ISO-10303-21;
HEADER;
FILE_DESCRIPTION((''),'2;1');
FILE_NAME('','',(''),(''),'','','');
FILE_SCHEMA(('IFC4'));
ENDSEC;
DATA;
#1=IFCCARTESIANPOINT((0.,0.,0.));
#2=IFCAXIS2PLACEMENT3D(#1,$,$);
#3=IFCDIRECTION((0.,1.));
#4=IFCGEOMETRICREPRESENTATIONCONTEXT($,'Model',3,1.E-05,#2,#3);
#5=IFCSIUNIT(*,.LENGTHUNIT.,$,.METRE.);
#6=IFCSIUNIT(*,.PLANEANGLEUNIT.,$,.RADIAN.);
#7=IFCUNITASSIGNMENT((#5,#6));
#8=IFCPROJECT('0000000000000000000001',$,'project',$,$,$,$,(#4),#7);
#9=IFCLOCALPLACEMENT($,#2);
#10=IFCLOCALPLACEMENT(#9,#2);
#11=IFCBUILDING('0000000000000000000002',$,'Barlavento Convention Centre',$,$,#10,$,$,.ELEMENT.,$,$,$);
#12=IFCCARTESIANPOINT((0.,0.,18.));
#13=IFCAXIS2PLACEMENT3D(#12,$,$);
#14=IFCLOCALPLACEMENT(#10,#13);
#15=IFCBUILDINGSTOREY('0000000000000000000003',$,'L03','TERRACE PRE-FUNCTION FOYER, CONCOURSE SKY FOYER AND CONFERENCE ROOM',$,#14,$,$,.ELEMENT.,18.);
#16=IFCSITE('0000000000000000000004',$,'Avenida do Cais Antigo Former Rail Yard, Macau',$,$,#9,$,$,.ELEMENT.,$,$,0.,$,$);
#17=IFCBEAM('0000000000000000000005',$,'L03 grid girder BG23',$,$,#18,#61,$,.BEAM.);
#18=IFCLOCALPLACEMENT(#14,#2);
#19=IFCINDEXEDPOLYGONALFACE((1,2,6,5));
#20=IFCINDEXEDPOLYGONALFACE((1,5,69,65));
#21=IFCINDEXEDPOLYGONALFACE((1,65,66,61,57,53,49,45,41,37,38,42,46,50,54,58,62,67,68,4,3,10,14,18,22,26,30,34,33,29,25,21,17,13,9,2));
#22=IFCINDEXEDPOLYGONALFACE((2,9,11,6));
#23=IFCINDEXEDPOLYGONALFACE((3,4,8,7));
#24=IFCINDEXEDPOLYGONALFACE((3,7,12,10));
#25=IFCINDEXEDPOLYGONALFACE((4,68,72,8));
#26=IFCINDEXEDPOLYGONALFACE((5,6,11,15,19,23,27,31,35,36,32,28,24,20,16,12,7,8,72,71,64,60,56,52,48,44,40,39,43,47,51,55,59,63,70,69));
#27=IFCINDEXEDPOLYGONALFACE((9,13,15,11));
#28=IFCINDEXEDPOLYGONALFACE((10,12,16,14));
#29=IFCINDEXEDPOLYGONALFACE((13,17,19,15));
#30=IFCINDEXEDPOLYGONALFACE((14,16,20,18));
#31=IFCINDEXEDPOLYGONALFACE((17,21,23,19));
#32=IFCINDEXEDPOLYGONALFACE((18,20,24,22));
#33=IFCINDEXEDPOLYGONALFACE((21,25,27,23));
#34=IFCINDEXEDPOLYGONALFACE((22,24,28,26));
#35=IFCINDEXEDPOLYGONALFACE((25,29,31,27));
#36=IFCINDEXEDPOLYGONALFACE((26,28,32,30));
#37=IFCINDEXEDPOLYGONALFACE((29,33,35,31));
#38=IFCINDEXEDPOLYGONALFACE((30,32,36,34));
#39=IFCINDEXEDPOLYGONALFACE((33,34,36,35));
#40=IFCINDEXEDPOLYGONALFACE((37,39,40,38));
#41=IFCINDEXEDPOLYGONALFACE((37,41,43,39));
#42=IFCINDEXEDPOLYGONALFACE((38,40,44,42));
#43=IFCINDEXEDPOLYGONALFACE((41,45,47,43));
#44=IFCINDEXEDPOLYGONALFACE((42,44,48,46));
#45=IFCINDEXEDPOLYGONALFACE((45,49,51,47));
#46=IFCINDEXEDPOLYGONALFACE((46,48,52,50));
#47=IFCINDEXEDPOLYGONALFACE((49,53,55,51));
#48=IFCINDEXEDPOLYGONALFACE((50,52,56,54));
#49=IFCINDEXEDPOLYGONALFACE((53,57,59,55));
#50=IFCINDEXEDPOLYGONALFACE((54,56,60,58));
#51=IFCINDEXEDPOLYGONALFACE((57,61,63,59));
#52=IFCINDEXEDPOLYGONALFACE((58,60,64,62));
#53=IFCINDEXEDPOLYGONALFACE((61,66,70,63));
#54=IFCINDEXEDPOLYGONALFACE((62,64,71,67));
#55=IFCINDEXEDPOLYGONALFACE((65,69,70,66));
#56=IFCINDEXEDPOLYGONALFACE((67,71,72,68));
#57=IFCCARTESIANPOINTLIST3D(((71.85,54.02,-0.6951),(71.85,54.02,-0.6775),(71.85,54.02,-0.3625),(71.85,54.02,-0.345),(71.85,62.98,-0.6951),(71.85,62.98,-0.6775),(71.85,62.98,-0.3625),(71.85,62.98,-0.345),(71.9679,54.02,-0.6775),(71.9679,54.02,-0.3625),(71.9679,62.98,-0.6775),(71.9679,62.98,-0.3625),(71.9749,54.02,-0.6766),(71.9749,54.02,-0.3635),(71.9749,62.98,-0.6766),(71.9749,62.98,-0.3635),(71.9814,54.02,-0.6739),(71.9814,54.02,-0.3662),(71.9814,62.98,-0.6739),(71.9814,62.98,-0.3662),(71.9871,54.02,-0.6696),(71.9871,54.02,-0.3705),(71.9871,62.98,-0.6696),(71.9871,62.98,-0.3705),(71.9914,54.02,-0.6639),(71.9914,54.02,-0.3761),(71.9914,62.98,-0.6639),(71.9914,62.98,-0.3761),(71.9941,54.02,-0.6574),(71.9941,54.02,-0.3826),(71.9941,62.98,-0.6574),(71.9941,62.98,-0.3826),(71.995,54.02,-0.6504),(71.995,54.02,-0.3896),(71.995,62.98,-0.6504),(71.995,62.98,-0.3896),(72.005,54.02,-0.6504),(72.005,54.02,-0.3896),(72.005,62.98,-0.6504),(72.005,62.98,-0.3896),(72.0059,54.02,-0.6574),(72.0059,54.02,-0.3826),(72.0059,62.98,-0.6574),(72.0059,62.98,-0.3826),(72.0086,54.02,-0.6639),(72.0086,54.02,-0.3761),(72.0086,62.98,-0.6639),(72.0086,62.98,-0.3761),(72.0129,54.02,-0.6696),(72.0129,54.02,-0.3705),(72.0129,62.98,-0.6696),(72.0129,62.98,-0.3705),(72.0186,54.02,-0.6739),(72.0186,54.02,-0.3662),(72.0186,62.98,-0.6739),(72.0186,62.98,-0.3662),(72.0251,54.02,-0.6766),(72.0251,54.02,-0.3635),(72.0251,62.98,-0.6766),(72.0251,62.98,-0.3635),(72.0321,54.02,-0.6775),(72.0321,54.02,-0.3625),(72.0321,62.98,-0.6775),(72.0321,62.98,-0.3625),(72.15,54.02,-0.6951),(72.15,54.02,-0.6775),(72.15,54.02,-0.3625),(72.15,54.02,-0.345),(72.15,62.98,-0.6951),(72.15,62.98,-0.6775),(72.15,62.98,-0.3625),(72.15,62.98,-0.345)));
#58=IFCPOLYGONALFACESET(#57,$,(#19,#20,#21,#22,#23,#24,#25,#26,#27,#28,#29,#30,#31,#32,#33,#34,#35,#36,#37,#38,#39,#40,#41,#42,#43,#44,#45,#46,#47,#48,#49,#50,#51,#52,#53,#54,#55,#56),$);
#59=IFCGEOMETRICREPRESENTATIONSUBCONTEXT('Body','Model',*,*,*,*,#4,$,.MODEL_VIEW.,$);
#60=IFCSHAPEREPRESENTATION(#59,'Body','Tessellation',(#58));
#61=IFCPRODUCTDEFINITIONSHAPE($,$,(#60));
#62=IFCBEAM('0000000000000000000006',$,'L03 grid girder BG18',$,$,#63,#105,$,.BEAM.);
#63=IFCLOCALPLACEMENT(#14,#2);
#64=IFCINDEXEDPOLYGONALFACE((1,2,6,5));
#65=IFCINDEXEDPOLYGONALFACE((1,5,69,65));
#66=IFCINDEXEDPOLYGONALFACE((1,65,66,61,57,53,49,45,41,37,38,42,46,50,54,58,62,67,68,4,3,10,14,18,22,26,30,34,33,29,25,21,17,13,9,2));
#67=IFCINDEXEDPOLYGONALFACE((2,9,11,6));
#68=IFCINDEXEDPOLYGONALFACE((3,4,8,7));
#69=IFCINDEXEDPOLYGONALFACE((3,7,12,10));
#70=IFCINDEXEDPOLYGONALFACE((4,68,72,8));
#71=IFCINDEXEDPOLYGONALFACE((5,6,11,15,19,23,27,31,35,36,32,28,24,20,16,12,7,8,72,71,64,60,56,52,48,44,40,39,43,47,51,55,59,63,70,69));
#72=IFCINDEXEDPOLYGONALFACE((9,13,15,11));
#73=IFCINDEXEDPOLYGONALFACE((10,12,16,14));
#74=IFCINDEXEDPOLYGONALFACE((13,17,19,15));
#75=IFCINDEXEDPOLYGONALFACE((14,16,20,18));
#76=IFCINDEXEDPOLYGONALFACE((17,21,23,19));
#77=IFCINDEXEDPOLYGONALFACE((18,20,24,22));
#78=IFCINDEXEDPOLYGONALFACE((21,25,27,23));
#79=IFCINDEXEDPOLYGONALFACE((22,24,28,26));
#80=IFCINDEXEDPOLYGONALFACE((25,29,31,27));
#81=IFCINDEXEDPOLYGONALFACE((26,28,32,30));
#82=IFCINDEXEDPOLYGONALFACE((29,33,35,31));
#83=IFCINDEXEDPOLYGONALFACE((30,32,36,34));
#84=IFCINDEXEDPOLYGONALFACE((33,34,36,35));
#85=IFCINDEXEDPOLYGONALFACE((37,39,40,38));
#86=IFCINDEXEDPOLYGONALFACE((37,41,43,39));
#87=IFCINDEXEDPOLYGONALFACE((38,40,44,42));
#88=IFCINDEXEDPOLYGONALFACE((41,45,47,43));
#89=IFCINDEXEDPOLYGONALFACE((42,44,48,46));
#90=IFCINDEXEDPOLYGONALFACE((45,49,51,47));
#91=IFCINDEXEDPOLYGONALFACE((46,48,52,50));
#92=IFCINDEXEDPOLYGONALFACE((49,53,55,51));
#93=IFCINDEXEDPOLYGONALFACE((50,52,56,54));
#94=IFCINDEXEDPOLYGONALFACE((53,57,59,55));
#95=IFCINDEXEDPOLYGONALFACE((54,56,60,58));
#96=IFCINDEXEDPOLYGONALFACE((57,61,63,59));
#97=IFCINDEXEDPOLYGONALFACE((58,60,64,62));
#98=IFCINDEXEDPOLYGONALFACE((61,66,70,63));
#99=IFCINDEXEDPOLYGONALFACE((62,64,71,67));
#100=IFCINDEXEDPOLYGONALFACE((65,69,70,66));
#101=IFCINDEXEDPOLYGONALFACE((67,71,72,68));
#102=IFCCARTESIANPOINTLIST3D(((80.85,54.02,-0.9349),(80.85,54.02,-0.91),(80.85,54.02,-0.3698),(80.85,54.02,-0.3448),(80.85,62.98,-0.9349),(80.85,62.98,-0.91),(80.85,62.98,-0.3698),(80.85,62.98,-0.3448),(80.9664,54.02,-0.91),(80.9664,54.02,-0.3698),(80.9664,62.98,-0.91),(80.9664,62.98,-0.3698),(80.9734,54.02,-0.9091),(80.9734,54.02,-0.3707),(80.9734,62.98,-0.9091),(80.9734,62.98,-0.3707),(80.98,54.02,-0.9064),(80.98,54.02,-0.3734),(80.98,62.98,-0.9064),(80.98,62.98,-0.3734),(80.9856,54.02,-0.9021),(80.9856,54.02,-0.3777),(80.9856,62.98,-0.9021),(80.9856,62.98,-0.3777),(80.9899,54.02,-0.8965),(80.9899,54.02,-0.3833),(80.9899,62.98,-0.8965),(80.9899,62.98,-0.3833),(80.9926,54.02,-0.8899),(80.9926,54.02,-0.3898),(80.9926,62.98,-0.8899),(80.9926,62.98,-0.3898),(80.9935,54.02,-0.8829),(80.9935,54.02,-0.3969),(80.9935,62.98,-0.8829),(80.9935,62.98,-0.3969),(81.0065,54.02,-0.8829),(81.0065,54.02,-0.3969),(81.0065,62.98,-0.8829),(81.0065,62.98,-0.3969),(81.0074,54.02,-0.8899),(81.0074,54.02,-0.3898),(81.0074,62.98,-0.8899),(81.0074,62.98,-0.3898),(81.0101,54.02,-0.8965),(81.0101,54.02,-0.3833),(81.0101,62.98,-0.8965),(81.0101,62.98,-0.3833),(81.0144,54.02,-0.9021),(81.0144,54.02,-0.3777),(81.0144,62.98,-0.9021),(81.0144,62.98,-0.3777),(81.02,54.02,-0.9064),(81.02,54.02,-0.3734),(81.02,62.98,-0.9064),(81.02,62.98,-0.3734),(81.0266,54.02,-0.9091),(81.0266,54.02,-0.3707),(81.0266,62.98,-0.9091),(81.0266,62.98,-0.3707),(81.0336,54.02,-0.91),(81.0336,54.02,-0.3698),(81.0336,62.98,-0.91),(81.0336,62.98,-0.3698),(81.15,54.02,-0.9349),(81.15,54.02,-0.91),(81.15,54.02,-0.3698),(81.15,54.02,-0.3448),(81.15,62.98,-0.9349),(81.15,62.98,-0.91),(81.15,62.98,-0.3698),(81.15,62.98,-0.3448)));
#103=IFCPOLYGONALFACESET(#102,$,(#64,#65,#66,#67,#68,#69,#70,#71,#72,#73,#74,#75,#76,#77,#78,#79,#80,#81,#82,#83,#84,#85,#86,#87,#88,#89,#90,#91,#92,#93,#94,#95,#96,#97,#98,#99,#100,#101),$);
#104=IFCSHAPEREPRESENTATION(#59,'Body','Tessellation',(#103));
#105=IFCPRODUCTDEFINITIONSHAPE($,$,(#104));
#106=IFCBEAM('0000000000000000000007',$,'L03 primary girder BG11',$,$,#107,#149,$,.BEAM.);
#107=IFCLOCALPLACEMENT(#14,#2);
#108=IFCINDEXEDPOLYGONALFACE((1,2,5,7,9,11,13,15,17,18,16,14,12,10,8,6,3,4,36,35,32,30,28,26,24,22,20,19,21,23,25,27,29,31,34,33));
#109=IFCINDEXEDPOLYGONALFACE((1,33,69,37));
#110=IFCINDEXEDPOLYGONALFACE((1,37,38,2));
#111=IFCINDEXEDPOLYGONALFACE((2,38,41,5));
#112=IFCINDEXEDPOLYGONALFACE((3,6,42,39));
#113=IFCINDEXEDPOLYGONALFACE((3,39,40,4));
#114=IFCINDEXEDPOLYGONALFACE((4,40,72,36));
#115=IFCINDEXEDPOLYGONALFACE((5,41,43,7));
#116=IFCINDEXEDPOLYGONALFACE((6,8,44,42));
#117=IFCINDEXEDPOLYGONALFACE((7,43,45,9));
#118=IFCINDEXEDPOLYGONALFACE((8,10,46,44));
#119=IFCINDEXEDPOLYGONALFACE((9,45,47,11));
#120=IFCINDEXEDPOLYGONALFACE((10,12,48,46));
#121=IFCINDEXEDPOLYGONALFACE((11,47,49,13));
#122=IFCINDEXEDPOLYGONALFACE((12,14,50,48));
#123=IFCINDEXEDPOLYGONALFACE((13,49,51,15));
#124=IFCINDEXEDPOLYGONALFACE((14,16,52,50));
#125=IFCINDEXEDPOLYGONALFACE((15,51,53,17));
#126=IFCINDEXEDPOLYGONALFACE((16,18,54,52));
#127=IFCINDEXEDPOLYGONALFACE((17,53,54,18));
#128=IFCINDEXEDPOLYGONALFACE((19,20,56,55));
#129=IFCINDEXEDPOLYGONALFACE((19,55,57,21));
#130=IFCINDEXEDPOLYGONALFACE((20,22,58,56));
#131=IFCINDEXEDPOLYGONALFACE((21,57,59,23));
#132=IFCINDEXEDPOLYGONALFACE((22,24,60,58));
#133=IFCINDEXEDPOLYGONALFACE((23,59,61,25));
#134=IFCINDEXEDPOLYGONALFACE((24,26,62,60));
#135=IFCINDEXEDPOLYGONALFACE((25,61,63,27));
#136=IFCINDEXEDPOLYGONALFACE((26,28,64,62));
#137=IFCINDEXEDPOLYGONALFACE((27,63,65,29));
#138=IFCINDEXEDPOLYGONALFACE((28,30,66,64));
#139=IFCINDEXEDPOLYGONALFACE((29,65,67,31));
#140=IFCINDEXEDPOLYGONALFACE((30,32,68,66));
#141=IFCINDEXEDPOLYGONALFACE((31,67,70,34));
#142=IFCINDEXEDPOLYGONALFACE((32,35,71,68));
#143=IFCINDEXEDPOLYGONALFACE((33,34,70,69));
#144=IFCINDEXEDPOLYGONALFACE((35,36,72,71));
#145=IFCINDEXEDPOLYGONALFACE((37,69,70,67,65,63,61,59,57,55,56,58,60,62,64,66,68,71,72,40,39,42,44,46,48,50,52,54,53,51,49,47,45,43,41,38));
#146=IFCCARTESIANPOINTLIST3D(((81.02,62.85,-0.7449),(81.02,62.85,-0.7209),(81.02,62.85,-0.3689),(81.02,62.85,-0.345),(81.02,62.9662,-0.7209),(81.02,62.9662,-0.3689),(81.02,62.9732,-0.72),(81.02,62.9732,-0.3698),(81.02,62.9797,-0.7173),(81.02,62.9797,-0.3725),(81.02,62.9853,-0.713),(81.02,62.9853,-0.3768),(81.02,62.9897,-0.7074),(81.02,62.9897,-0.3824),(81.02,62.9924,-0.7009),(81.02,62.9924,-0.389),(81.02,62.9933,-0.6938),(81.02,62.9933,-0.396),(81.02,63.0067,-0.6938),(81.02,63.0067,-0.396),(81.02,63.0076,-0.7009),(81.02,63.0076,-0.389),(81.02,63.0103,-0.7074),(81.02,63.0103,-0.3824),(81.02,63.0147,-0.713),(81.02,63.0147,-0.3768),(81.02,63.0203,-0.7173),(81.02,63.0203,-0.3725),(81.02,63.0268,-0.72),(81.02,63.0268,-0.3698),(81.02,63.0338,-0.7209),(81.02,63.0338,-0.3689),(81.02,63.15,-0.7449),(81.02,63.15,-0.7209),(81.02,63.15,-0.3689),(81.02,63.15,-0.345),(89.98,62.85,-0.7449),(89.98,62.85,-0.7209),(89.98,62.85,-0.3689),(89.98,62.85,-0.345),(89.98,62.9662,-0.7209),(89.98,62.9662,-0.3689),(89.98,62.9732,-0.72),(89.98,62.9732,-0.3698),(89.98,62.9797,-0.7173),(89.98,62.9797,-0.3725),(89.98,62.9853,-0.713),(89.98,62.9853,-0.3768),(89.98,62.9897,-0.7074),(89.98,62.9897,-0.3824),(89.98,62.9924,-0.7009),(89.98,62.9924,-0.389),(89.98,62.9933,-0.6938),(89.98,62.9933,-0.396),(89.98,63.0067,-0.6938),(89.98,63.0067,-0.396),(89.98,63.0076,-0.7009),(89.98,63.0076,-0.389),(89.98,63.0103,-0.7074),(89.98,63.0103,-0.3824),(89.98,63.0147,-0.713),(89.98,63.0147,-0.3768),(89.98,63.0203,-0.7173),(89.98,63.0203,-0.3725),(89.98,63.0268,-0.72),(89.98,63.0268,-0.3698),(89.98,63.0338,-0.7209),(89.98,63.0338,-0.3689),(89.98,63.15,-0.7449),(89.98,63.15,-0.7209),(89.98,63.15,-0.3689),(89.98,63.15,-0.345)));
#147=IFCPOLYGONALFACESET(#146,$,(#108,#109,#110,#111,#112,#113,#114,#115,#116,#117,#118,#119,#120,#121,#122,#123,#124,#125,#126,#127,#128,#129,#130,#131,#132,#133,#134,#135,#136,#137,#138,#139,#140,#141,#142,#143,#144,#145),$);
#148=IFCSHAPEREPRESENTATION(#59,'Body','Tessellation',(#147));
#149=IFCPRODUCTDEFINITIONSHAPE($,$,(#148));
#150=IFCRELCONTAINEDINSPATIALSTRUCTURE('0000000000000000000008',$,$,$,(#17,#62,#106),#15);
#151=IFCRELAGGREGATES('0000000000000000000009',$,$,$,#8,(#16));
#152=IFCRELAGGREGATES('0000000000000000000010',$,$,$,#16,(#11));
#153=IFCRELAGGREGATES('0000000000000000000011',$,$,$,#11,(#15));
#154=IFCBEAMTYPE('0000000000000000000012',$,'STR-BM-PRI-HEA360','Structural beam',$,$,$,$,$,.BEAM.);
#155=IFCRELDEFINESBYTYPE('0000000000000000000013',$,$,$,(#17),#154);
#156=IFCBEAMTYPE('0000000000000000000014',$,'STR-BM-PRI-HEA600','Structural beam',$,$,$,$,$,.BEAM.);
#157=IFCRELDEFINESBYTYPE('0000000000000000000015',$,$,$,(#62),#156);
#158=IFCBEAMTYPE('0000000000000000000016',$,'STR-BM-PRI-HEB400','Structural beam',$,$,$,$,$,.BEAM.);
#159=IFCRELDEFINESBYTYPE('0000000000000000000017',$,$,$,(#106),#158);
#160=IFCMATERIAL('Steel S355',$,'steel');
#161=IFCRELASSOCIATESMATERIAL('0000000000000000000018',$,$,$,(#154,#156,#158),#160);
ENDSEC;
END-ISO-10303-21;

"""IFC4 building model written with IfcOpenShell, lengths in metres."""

from ifc_helpers import new_model, si_unit, direction, frame, origin, origin_2d, place, context, subcontext, project, spatial, i_section, extrude, material, material_profile, profile_set, type_object, element, save


model = new_model("IFC4")

# Units and contexts
model_context = context("Model", 3, precision=1e-05, world=origin(), true_north=direction((0.0, 1.0)))
body_context = subcontext(model_context, "Body", "Model", "MODEL_VIEW")
ifc_project = project(units=[si_unit("LENGTHUNIT", "METRE"), si_unit("PLANEANGLEUNIT", "RADIAN")], contexts=[model_context])

# Site, building, storey
site_placement = place(None, origin())
site = spatial("IfcSite", under=ifc_project, at=site_placement, Name="Avenida do Cais Antigo Former Rail Yard, Macau", CompositionType="ELEMENT", RefElevation=0.0)
building_placement = place(site_placement, origin())
building = spatial("IfcBuilding", under=site, at=building_placement, Name="Barlavento Convention Centre", CompositionType="ELEMENT")
storey_placement = place(building_placement, frame((0.0, 0.0, 18.0)))
storey = spatial("IfcBuildingStorey", under=building, at=storey_placement, Name="L03", Description="TERRACE PRE-FUNCTION FOYER, CONCOURSE SKY FOYER AND CONFERENCE ROOM", CompositionType="ELEMENT", Elevation=18.0)

# Shared definitions
ifc_material_1 = material(Name="Steel S355", Category="steel")

# Beams
ifc_material_profile_1 = material_profile(ifc_material_1, i_section(OverallWidth=0.3, OverallDepth=0.3501, WebThickness=0.01, FlangeThickness=0.0176, FilletRadius=0.0271, at=origin_2d()), Name="HEA 360")
ifc_profile_set_1 = profile_set([ifc_material_profile_1], Name="Steel S355")
beam_type_1 = type_object("IfcBeamType", Name="STR-BM-PRI-HEA360", Description="Structural beam", PredefinedType="BEAM", material=ifc_profile_set_1)
beam_1_placement = place(storey_placement, frame((72.0, 54.02, -0.52), z_axis=(0.0, 1.0, 0.0), x_axis=(-1.0, 0.0, 0.0)))
element("IfcBeam", 1, at=beam_1_placement, inside=storey, type_object=beam_type_1, Name="L03 grid girder BG23", PredefinedType="BEAM", context=body_context, shape_type="SweptSolid", body=[
    extrude(i_section(OverallWidth=0.3, OverallDepth=0.3501, WebThickness=0.01, FlangeThickness=0.0176, FilletRadius=0.0271, at=origin_2d()), origin(), (0.0, 0.0, 1.0), 8.96),
])
ifc_material_profile_2 = material_profile(ifc_material_1, i_section(OverallWidth=0.3, OverallDepth=0.5901, WebThickness=0.0129, FlangeThickness=0.0249, FilletRadius=0.0271, at=origin_2d()), Name="HEA 600")
ifc_profile_set_2 = profile_set([ifc_material_profile_2], Name="Steel S355")
beam_type_2 = type_object("IfcBeamType", Name="STR-BM-PRI-HEA600", Description="Structural beam", PredefinedType="BEAM", material=ifc_profile_set_2)
beam_2_placement = place(storey_placement, frame((81.0, 54.02, -0.6399), z_axis=(0.0, 1.0, 0.0), x_axis=(-1.0, 0.0, 0.0)))
element("IfcBeam", 2, at=beam_2_placement, inside=storey, type_object=beam_type_2, Name="L03 grid girder BG18", PredefinedType="BEAM", context=body_context, shape_type="SweptSolid", body=[
    extrude(i_section(OverallWidth=0.3, OverallDepth=0.5901, WebThickness=0.0129, FlangeThickness=0.0249, FilletRadius=0.0271, at=origin_2d()), origin(), (0.0, 0.0, 1.0), 8.96),
])
ifc_material_profile_3 = material_profile(ifc_material_1, i_section(OverallWidth=0.3, OverallDepth=0.3999, WebThickness=0.0134, FlangeThickness=0.0239, FilletRadius=0.0271, at=origin_2d()), Name="HEB 400")
ifc_profile_set_3 = profile_set([ifc_material_profile_3], Name="Steel S355")
beam_type_3 = type_object("IfcBeamType", Name="STR-BM-PRI-HEB400", Description="Structural beam", PredefinedType="BEAM", material=ifc_profile_set_3)
beam_3_placement = place(storey_placement, frame((81.02, 63.0, -0.5449), z_axis=(1.0, 0.0, 0.0), x_axis=(0.0, 1.0, 0.0)))
element("IfcBeam", 3, at=beam_3_placement, inside=storey, type_object=beam_type_3, Name="L03 primary girder BG11", PredefinedType="BEAM", context=body_context, shape_type="SweptSolid", body=[
    extrude(i_section(OverallWidth=0.3, OverallDepth=0.3999, WebThickness=0.0134, FlangeThickness=0.0239, FilletRadius=0.0271, at=origin_2d()), origin(), (0.0, 0.0, 1.0), 8.96),
])

save(model, "model.ifc")
